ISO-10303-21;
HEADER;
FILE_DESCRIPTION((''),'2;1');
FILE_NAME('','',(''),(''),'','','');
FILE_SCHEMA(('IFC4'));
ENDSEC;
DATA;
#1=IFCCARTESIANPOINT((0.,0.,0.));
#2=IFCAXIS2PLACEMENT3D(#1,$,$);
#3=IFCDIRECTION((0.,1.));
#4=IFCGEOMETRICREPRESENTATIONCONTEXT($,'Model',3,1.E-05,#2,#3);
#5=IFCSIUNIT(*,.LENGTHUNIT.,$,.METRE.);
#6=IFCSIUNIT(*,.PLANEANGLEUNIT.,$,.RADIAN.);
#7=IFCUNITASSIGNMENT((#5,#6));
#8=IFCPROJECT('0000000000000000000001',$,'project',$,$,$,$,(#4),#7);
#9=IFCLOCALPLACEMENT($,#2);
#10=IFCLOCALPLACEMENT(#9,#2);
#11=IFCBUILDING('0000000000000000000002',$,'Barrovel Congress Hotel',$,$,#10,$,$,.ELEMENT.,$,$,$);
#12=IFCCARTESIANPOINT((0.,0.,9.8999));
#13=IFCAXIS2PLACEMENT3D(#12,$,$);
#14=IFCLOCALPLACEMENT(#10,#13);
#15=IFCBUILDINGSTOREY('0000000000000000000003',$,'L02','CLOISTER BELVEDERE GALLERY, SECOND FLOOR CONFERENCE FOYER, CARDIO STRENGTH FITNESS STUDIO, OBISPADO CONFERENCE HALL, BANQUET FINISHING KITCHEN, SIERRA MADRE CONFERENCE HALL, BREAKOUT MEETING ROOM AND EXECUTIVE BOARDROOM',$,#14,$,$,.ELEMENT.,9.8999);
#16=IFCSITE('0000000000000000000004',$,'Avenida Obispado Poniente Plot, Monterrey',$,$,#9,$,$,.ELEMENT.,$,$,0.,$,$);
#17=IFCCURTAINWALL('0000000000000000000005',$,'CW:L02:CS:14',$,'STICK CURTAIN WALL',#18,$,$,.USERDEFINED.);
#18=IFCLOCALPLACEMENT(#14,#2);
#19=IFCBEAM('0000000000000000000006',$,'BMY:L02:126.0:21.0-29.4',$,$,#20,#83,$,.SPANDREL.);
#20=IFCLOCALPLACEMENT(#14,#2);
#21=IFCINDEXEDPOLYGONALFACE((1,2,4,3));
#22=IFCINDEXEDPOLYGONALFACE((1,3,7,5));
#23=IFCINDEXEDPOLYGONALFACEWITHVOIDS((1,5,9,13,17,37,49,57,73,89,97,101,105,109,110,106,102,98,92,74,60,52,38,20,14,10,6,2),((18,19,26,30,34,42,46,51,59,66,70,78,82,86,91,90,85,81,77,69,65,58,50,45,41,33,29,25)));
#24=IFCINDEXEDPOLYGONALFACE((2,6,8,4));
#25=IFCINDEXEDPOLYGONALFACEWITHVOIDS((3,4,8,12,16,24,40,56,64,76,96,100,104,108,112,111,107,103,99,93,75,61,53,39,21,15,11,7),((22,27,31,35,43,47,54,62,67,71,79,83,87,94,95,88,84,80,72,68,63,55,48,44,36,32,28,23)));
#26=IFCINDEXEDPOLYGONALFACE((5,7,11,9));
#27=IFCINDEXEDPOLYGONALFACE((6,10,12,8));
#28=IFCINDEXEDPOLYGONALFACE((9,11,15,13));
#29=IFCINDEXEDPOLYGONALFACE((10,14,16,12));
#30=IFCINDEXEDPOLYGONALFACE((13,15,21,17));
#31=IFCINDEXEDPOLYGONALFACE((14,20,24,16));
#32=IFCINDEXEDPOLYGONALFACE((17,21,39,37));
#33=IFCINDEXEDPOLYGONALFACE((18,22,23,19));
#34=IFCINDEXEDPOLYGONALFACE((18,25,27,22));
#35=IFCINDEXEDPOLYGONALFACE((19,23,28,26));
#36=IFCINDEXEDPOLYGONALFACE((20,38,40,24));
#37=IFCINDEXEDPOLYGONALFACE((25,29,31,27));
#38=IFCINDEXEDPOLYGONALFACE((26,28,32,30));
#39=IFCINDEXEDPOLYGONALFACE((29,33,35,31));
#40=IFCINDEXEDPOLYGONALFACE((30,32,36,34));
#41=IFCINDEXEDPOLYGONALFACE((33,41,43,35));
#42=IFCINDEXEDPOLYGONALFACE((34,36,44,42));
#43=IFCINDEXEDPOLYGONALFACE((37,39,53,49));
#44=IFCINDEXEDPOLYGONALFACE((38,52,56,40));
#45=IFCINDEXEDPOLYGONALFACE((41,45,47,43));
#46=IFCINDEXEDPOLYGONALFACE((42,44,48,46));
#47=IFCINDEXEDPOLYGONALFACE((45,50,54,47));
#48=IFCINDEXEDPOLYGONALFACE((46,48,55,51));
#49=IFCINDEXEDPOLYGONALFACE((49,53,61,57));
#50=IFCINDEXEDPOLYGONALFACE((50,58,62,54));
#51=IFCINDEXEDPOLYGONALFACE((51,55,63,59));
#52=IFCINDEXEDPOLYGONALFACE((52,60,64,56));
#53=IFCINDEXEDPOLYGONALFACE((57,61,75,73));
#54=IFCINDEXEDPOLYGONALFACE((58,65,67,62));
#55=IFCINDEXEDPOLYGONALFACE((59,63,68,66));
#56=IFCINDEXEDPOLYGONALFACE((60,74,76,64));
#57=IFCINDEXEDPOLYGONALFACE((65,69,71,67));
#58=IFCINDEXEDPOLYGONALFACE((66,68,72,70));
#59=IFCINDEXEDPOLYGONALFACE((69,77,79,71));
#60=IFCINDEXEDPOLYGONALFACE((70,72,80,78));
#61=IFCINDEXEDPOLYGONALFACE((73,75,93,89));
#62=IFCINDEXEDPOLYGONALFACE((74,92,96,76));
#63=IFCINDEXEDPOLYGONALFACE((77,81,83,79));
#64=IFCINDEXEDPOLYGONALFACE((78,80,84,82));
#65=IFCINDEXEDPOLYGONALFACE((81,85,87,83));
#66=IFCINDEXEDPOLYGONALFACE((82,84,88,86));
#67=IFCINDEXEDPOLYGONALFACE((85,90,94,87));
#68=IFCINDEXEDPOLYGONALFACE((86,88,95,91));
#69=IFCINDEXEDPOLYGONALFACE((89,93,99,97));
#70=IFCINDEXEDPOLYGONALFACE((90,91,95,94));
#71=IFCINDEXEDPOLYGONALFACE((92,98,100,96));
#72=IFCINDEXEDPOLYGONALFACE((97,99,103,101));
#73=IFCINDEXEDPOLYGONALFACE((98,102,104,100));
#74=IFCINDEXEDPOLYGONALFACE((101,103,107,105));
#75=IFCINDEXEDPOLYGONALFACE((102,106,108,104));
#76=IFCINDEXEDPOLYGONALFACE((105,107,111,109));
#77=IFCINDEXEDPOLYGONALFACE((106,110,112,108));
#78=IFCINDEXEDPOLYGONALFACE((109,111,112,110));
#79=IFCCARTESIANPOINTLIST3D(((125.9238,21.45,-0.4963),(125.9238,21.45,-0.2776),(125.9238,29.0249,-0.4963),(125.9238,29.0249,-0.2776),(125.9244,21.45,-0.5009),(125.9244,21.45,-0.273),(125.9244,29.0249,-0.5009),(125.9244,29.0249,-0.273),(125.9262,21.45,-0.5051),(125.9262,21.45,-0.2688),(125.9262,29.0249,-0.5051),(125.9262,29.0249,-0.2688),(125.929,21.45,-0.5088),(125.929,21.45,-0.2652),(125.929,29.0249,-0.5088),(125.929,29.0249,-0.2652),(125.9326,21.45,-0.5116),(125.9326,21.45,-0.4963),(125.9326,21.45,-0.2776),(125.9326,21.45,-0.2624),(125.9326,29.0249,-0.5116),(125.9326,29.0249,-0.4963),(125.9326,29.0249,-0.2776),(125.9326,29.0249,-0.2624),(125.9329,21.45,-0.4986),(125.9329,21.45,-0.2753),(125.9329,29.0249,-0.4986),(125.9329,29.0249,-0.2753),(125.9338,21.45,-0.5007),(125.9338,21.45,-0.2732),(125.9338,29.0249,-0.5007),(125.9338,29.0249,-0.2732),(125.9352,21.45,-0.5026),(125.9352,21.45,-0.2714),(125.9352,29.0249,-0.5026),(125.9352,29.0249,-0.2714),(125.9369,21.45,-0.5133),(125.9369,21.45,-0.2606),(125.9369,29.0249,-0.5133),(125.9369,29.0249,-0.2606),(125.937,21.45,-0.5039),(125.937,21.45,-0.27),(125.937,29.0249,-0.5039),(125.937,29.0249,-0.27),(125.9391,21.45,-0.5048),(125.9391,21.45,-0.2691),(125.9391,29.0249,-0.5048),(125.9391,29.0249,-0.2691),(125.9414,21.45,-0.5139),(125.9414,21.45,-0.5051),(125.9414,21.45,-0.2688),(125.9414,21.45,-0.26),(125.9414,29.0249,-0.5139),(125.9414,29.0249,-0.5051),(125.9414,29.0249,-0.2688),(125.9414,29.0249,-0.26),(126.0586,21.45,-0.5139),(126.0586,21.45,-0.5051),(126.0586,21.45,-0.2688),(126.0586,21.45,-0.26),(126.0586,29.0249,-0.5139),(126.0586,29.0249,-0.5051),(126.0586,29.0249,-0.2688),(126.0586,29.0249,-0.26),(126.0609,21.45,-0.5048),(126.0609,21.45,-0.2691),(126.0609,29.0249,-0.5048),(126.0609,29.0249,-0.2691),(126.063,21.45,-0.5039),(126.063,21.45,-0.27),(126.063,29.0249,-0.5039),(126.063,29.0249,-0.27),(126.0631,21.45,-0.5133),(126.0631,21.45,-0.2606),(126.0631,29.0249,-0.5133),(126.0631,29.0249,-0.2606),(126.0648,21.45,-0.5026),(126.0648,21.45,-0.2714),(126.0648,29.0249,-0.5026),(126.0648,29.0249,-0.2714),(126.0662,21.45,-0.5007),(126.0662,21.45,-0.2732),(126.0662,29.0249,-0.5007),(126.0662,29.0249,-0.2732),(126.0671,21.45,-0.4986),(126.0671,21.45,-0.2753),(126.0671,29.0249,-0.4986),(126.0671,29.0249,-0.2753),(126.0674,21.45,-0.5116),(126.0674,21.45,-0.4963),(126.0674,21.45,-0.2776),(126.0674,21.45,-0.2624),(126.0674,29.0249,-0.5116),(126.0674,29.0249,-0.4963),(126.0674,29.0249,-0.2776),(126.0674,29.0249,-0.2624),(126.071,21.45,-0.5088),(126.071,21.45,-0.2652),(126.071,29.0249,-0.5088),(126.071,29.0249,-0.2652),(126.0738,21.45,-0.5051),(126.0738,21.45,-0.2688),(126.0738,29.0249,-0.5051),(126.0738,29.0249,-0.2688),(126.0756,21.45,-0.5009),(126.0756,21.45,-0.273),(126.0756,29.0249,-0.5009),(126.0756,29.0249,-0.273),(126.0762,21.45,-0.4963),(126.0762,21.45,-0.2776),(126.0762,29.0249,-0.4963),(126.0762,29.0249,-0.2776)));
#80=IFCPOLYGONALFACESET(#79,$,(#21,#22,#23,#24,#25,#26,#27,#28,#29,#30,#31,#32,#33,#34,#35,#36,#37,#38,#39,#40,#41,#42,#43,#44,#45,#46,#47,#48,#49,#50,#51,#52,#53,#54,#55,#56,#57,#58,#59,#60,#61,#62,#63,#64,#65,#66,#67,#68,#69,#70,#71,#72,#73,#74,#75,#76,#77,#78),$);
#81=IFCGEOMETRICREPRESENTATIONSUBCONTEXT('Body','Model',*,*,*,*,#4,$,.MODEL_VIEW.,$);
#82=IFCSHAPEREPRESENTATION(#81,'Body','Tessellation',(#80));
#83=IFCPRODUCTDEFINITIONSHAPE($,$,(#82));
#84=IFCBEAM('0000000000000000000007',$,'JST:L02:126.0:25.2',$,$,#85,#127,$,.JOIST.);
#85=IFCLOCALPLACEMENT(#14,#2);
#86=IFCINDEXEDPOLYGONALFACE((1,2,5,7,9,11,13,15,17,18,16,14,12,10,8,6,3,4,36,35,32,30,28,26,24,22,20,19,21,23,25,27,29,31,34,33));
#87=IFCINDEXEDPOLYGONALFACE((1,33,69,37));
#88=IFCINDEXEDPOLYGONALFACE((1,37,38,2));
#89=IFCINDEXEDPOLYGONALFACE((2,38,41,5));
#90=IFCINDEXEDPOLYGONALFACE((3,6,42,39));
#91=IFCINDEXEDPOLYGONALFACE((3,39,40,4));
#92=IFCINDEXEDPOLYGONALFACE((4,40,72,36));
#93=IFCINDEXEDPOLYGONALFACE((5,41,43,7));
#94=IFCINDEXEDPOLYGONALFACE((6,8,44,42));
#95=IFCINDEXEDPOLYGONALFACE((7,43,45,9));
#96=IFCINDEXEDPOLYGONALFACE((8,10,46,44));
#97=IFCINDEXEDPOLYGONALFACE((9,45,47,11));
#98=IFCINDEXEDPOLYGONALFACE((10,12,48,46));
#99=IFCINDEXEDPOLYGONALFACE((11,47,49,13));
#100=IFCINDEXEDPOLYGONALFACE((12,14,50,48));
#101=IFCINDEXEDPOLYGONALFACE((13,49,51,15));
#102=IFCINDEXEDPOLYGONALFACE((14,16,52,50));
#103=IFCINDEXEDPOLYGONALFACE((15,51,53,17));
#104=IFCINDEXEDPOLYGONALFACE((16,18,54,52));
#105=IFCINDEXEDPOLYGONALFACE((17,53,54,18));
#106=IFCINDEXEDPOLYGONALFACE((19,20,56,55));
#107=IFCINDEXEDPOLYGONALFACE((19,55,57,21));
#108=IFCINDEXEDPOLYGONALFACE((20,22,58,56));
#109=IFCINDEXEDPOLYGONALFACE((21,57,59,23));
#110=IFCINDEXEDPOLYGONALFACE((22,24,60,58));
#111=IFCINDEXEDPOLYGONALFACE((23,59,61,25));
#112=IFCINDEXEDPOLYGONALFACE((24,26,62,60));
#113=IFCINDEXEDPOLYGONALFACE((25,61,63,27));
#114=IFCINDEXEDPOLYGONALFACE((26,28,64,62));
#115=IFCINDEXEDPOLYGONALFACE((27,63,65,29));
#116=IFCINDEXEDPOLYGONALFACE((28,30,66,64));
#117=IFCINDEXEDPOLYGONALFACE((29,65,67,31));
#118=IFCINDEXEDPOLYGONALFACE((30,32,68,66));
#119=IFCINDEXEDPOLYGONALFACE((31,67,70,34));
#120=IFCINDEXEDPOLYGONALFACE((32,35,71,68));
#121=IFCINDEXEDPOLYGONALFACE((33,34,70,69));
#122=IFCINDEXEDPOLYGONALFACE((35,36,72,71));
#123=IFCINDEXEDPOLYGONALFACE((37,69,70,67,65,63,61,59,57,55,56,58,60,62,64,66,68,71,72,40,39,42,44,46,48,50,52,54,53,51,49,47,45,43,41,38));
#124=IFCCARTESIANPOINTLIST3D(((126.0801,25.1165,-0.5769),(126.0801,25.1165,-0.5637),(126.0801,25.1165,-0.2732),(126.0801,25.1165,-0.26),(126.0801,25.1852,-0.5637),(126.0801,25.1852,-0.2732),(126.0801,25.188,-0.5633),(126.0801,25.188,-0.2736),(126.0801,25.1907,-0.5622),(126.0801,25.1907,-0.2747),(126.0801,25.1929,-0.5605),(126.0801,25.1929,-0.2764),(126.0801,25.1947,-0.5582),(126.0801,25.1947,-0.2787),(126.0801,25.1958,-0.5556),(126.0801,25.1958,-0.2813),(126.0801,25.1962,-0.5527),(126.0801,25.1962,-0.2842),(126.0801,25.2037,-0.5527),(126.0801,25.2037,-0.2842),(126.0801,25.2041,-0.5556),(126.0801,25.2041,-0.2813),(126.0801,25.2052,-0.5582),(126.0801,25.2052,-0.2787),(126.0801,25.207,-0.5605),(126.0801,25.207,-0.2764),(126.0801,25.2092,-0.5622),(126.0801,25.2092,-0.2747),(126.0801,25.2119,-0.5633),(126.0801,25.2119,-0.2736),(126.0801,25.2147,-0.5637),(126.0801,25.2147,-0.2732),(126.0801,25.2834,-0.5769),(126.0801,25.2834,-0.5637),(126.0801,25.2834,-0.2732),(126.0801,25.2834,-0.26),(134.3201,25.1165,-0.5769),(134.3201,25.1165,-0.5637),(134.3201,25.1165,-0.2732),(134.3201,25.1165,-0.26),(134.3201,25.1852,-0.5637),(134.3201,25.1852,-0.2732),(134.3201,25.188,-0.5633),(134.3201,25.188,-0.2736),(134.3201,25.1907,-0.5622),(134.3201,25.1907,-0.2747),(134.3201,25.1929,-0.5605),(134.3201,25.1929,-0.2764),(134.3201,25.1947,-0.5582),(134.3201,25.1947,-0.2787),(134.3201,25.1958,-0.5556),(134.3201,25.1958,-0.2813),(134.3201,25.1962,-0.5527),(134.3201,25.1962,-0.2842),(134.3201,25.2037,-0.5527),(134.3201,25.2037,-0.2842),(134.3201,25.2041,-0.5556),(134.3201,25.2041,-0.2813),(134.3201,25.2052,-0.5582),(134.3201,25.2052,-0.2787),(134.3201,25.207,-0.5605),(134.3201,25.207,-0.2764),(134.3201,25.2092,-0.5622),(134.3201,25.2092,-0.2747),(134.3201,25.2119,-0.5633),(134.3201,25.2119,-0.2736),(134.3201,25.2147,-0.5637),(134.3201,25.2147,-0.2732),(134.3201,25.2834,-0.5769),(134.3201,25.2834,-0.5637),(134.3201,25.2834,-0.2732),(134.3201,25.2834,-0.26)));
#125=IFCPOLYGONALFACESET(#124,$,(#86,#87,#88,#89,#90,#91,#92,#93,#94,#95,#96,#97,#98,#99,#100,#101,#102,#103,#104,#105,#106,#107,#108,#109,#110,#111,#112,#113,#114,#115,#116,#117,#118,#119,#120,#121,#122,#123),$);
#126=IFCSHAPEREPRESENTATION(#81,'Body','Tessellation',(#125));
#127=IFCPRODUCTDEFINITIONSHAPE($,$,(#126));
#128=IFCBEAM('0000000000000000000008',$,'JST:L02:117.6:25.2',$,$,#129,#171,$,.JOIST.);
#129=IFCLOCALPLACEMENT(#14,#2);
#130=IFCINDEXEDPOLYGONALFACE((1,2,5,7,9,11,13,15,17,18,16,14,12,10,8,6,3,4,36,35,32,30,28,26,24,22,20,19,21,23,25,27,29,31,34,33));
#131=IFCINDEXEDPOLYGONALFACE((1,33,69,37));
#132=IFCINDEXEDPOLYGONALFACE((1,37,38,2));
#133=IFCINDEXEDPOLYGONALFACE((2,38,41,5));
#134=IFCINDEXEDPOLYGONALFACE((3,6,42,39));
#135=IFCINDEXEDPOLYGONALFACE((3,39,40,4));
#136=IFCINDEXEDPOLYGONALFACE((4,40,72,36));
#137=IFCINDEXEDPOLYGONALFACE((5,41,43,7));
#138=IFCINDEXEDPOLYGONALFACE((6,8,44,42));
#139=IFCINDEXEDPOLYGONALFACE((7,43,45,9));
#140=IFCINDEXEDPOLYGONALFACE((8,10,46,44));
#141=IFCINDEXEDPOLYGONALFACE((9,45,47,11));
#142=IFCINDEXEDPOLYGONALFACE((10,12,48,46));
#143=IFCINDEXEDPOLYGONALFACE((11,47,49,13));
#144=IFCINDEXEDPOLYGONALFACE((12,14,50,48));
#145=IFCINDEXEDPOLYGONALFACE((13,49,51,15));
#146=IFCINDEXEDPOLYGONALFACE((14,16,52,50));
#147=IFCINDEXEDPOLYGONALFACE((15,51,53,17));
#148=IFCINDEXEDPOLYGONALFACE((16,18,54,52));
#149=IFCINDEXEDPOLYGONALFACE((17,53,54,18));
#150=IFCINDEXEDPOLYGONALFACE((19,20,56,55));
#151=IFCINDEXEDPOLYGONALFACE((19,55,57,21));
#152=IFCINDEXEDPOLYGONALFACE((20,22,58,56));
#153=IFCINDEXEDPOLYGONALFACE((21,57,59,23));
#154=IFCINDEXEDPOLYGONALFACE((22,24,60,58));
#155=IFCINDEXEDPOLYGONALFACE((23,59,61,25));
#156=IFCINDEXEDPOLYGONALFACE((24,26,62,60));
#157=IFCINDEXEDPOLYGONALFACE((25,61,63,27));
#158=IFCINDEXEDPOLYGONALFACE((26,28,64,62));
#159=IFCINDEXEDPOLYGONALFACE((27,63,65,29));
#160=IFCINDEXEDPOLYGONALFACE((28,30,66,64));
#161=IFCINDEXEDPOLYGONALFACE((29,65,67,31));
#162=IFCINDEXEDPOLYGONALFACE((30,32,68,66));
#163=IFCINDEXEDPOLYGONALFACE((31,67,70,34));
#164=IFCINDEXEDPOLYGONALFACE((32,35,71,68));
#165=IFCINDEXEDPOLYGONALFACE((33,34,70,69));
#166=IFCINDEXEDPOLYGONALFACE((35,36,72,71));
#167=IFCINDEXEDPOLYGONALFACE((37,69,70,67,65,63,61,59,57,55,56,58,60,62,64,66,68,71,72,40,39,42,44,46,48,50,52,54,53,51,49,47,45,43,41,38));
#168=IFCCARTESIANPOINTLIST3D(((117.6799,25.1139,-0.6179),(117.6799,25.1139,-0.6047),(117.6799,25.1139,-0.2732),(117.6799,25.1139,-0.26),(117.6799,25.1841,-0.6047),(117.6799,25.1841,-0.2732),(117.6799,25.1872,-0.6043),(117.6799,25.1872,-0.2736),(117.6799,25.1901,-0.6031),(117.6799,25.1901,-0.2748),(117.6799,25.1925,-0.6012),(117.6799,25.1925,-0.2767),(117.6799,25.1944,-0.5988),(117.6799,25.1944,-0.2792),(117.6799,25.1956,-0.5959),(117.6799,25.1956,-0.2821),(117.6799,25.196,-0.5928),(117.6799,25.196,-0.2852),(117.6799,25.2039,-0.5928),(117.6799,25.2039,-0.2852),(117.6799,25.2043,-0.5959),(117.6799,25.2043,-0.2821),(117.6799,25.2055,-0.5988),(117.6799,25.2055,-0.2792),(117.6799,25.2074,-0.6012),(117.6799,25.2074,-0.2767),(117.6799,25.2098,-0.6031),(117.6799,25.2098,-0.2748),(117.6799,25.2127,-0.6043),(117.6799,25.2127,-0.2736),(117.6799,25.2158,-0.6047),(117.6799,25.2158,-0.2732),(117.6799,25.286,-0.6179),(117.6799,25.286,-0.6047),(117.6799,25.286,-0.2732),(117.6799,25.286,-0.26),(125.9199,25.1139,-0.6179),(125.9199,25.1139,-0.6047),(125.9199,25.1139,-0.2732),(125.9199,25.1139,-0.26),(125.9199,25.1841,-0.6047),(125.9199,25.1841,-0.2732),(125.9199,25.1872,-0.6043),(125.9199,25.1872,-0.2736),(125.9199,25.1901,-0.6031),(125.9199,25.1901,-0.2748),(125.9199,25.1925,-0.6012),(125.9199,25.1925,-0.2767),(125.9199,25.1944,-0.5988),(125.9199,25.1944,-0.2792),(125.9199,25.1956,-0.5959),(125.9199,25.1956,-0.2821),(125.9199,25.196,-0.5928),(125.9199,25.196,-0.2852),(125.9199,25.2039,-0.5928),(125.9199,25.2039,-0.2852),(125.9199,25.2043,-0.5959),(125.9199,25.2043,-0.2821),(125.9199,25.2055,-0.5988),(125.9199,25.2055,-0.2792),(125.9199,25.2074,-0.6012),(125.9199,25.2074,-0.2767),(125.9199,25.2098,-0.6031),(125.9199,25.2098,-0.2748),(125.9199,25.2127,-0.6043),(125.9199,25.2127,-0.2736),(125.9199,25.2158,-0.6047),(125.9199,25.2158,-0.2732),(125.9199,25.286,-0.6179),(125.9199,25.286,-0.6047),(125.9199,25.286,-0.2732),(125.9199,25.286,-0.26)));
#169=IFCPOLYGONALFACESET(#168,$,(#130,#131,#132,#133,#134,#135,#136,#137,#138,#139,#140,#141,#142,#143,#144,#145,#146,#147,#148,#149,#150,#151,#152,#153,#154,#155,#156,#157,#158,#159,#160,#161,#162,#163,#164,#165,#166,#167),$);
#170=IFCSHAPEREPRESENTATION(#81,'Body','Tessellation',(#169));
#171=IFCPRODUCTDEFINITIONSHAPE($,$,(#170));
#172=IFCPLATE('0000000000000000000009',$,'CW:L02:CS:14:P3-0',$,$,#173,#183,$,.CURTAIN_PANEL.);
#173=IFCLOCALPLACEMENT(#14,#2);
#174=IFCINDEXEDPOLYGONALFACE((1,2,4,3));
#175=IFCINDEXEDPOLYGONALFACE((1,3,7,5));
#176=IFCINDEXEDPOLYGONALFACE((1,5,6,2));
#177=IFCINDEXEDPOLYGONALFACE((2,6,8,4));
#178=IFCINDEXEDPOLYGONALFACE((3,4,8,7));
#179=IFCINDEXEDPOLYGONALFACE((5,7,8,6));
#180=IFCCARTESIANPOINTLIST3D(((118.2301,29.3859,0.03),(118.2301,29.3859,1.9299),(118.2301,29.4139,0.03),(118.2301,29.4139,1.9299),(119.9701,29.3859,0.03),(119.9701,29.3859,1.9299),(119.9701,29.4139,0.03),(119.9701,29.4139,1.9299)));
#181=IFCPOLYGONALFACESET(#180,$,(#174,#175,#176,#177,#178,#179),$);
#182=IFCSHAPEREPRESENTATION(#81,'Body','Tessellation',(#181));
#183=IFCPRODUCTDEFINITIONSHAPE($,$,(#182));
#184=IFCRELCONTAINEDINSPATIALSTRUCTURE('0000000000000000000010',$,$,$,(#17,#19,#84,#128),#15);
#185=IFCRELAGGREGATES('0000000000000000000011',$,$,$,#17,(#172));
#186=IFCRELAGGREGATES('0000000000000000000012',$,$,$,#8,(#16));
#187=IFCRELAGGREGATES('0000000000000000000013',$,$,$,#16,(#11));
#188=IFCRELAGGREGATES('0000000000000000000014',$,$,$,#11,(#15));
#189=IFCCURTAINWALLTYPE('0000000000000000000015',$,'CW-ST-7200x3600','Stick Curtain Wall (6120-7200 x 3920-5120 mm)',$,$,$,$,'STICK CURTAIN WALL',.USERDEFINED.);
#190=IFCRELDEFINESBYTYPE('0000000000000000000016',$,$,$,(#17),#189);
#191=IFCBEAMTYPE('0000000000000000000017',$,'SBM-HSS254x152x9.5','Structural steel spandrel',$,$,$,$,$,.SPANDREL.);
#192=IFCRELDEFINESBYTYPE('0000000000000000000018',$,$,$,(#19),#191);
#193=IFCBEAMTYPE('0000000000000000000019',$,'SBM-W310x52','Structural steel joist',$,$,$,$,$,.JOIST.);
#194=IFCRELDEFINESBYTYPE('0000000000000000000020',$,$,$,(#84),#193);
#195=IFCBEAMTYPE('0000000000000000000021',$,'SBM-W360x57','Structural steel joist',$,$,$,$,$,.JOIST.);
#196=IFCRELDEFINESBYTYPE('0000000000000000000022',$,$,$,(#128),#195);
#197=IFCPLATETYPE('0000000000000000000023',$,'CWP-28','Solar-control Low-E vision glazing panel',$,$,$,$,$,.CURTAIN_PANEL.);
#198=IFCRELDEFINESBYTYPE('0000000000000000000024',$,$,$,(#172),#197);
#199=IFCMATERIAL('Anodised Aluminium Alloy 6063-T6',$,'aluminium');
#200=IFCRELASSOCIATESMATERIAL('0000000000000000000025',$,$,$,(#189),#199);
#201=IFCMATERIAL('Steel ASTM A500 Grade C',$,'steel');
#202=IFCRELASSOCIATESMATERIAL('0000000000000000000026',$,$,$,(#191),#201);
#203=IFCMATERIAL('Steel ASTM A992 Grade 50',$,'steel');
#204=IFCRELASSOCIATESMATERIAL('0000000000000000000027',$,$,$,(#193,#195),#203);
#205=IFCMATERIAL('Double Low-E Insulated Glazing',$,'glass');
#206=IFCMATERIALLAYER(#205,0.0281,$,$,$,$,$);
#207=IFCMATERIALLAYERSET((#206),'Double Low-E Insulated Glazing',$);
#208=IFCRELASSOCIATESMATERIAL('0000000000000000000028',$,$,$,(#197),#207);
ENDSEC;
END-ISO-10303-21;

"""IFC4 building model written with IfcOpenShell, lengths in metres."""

from ifc_helpers import new_model, si_unit, direction, frame, origin, origin_2d, place, context, subcontext, project, spatial, rectangle, hollow_rectangle, i_section, extrude, material, layer, layer_set, material_profile, profile_set, type_object, element, aggregate, save


model = new_model("IFC4")

# Units and contexts
model_context = context("Model", 3, precision=1e-05, world=origin(), true_north=direction((0.0, 1.0)))
body_context = subcontext(model_context, "Body", "Model", "MODEL_VIEW")
ifc_project = project(units=[si_unit("LENGTHUNIT", "METRE"), si_unit("PLANEANGLEUNIT", "RADIAN")], contexts=[model_context])

# Site, building, storey
site_placement = place(None, origin())
site = spatial("IfcSite", under=ifc_project, at=site_placement, Name="Avenida Obispado Poniente Plot, Monterrey", CompositionType="ELEMENT", RefElevation=0.0)
building_placement = place(site_placement, origin())
building = spatial("IfcBuilding", under=site, at=building_placement, Name="Barrovel Congress Hotel", CompositionType="ELEMENT")
storey_placement = place(building_placement, frame((0.0, 0.0, 9.8999)))
storey = spatial("IfcBuildingStorey", under=building, at=storey_placement, Name="L02", Description="CLOISTER BELVEDERE GALLERY, SECOND FLOOR CONFERENCE FOYER, CARDIO STRENGTH FITNESS STUDIO, OBISPADO CONFERENCE HALL, BANQUET FINISHING KITCHEN, SIERRA MADRE CONFERENCE HALL, BREAKOUT MEETING ROOM AND EXECUTIVE BOARDROOM", CompositionType="ELEMENT", Elevation=9.8999)

# Curtain wall
ifc_material_1 = material(Name="Anodised Aluminium Alloy 6063-T6", Category="aluminium")
curtain_wall_type = type_object("IfcCurtainWallType", Name="CW-ST-7200x3600", Description="Stick Curtain Wall (6120-7200 x 3920-5120 mm)", ElementType="STICK CURTAIN WALL", PredefinedType="USERDEFINED", material=ifc_material_1)
curtain_wall_1_placement = place(storey_placement, origin())
curtain_wall_1 = element("IfcCurtainWall", 1, at=curtain_wall_1_placement, inside=storey, type_object=curtain_wall_type, Name="CW:L02:CS:14", ObjectType="STICK CURTAIN WALL", PredefinedType="USERDEFINED")

# Beams
ifc_material_2 = material(Name="Steel ASTM A500 Grade C", Category="steel")
ifc_material_profile_1 = material_profile(ifc_material_2, hollow_rectangle(XDim=0.1523, YDim=0.2539, WallThickness=0.0088, InnerFilletRadius=0.0088, OuterFilletRadius=0.0176, at=origin_2d()), Name="HSS254x152x9.5")
ifc_profile_set_1 = profile_set([ifc_material_profile_1], Name="Steel ASTM A500 Grade C")
beam_type_1 = type_object("IfcBeamType", Name="SBM-HSS254x152x9.5", Description="Structural steel spandrel", PredefinedType="SPANDREL", material=ifc_profile_set_1)
beam_1_placement = place(storey_placement, frame((126.0, 21.45, -0.387), z_axis=(0.0, 1.0, 0.0), x_axis=(-1.0, 0.0, 0.0)))
element("IfcBeam", 2, at=beam_1_placement, inside=storey, type_object=beam_type_1, Name="BMY:L02:126.0:21.0-29.4", PredefinedType="SPANDREL", context=body_context, shape_type="SweptSolid", body=[
    extrude(hollow_rectangle(XDim=0.1523, YDim=0.2539, WallThickness=0.0088, InnerFilletRadius=0.0088, OuterFilletRadius=0.0176, at=origin_2d()), origin(), (0.0, 0.0, 1.0), 7.575),
])
ifc_material_3 = material(Name="Steel ASTM A992 Grade 50", Category="steel")
ifc_material_profile_2 = material_profile(ifc_material_3, i_section(OverallWidth=0.167, OverallDepth=0.3169, WebThickness=0.0076, FlangeThickness=0.0132, FilletRadius=0.011, at=origin_2d()), Name="W310x52")
ifc_profile_set_2 = profile_set([ifc_material_profile_2], Name="Steel ASTM A992 Grade 50")
beam_type_2 = type_object("IfcBeamType", Name="SBM-W310x52", Description="Structural steel joist", PredefinedType="JOIST", material=ifc_profile_set_2)
beam_2_placement = place(storey_placement, frame((126.0801, 25.2, -0.4185), z_axis=(1.0, 0.0, 0.0), x_axis=(0.0, 1.0, 0.0)))
element("IfcBeam", 3, at=beam_2_placement, inside=storey, type_object=beam_type_2, Name="JST:L02:126.0:25.2", PredefinedType="JOIST", context=body_context, shape_type="SweptSolid", body=[
    extrude(i_section(OverallWidth=0.167, OverallDepth=0.3169, WebThickness=0.0076, FlangeThickness=0.0132, FilletRadius=0.011, at=origin_2d()), origin(), (0.0, 0.0, 1.0), 8.24),
])
ifc_material_profile_3 = material_profile(ifc_material_3, i_section(OverallWidth=0.1721, OverallDepth=0.3579, WebThickness=0.0078, FlangeThickness=0.0132, FilletRadius=0.012, at=origin_2d()), Name="W360x57")
ifc_profile_set_3 = profile_set([ifc_material_profile_3], Name="Steel ASTM A992 Grade 50")
beam_type_3 = type_object("IfcBeamType", Name="SBM-W360x57", Description="Structural steel joist", PredefinedType="JOIST", material=ifc_profile_set_3)
beam_3_placement = place(storey_placement, frame((117.6799, 25.2, -0.439), z_axis=(1.0, 0.0, 0.0), x_axis=(0.0, 1.0, 0.0)))
element("IfcBeam", 4, at=beam_3_placement, inside=storey, type_object=beam_type_3, Name="JST:L02:117.6:25.2", PredefinedType="JOIST", context=body_context, shape_type="SweptSolid", body=[
    extrude(i_section(OverallWidth=0.1721, OverallDepth=0.3579, WebThickness=0.0078, FlangeThickness=0.0132, FilletRadius=0.012, at=origin_2d()), origin(), (0.0, 0.0, 1.0), 8.24),
])

# Plate
ifc_material_4 = material(Name="Double Low-E Insulated Glazing", Category="glass")
ifc_layer_1 = layer(ifc_material_4, 0.0281)
ifc_layer_set_1 = layer_set([ifc_layer_1], Name="Double Low-E Insulated Glazing")
plate_type_1 = type_object("IfcPlateType", Name="CWP-28", Description="Solar-control Low-E vision glazing panel", PredefinedType="CURTAIN_PANEL", material=ifc_layer_set_1)
plate_1_placement = place(storey_placement, frame((119.1001, 29.3999, 0.03), z_axis=(0.0, 0.0, 1.0), x_axis=(-1.0, 0.0, 0.0)))
plate_1 = element("IfcPlate", 5, at=plate_1_placement, type_object=plate_type_1, Name="CW:L02:CS:14:P3-0", PredefinedType="CURTAIN_PANEL", context=body_context, shape_type="SweptSolid", body=[
    extrude(rectangle(XDim=1.74, YDim=0.0281, at=origin_2d()), origin(), (0.0, 0.0, 1.0), 1.8999),
])
aggregate(curtain_wall_1, [plate_1])

save(model, "model.ifc")
